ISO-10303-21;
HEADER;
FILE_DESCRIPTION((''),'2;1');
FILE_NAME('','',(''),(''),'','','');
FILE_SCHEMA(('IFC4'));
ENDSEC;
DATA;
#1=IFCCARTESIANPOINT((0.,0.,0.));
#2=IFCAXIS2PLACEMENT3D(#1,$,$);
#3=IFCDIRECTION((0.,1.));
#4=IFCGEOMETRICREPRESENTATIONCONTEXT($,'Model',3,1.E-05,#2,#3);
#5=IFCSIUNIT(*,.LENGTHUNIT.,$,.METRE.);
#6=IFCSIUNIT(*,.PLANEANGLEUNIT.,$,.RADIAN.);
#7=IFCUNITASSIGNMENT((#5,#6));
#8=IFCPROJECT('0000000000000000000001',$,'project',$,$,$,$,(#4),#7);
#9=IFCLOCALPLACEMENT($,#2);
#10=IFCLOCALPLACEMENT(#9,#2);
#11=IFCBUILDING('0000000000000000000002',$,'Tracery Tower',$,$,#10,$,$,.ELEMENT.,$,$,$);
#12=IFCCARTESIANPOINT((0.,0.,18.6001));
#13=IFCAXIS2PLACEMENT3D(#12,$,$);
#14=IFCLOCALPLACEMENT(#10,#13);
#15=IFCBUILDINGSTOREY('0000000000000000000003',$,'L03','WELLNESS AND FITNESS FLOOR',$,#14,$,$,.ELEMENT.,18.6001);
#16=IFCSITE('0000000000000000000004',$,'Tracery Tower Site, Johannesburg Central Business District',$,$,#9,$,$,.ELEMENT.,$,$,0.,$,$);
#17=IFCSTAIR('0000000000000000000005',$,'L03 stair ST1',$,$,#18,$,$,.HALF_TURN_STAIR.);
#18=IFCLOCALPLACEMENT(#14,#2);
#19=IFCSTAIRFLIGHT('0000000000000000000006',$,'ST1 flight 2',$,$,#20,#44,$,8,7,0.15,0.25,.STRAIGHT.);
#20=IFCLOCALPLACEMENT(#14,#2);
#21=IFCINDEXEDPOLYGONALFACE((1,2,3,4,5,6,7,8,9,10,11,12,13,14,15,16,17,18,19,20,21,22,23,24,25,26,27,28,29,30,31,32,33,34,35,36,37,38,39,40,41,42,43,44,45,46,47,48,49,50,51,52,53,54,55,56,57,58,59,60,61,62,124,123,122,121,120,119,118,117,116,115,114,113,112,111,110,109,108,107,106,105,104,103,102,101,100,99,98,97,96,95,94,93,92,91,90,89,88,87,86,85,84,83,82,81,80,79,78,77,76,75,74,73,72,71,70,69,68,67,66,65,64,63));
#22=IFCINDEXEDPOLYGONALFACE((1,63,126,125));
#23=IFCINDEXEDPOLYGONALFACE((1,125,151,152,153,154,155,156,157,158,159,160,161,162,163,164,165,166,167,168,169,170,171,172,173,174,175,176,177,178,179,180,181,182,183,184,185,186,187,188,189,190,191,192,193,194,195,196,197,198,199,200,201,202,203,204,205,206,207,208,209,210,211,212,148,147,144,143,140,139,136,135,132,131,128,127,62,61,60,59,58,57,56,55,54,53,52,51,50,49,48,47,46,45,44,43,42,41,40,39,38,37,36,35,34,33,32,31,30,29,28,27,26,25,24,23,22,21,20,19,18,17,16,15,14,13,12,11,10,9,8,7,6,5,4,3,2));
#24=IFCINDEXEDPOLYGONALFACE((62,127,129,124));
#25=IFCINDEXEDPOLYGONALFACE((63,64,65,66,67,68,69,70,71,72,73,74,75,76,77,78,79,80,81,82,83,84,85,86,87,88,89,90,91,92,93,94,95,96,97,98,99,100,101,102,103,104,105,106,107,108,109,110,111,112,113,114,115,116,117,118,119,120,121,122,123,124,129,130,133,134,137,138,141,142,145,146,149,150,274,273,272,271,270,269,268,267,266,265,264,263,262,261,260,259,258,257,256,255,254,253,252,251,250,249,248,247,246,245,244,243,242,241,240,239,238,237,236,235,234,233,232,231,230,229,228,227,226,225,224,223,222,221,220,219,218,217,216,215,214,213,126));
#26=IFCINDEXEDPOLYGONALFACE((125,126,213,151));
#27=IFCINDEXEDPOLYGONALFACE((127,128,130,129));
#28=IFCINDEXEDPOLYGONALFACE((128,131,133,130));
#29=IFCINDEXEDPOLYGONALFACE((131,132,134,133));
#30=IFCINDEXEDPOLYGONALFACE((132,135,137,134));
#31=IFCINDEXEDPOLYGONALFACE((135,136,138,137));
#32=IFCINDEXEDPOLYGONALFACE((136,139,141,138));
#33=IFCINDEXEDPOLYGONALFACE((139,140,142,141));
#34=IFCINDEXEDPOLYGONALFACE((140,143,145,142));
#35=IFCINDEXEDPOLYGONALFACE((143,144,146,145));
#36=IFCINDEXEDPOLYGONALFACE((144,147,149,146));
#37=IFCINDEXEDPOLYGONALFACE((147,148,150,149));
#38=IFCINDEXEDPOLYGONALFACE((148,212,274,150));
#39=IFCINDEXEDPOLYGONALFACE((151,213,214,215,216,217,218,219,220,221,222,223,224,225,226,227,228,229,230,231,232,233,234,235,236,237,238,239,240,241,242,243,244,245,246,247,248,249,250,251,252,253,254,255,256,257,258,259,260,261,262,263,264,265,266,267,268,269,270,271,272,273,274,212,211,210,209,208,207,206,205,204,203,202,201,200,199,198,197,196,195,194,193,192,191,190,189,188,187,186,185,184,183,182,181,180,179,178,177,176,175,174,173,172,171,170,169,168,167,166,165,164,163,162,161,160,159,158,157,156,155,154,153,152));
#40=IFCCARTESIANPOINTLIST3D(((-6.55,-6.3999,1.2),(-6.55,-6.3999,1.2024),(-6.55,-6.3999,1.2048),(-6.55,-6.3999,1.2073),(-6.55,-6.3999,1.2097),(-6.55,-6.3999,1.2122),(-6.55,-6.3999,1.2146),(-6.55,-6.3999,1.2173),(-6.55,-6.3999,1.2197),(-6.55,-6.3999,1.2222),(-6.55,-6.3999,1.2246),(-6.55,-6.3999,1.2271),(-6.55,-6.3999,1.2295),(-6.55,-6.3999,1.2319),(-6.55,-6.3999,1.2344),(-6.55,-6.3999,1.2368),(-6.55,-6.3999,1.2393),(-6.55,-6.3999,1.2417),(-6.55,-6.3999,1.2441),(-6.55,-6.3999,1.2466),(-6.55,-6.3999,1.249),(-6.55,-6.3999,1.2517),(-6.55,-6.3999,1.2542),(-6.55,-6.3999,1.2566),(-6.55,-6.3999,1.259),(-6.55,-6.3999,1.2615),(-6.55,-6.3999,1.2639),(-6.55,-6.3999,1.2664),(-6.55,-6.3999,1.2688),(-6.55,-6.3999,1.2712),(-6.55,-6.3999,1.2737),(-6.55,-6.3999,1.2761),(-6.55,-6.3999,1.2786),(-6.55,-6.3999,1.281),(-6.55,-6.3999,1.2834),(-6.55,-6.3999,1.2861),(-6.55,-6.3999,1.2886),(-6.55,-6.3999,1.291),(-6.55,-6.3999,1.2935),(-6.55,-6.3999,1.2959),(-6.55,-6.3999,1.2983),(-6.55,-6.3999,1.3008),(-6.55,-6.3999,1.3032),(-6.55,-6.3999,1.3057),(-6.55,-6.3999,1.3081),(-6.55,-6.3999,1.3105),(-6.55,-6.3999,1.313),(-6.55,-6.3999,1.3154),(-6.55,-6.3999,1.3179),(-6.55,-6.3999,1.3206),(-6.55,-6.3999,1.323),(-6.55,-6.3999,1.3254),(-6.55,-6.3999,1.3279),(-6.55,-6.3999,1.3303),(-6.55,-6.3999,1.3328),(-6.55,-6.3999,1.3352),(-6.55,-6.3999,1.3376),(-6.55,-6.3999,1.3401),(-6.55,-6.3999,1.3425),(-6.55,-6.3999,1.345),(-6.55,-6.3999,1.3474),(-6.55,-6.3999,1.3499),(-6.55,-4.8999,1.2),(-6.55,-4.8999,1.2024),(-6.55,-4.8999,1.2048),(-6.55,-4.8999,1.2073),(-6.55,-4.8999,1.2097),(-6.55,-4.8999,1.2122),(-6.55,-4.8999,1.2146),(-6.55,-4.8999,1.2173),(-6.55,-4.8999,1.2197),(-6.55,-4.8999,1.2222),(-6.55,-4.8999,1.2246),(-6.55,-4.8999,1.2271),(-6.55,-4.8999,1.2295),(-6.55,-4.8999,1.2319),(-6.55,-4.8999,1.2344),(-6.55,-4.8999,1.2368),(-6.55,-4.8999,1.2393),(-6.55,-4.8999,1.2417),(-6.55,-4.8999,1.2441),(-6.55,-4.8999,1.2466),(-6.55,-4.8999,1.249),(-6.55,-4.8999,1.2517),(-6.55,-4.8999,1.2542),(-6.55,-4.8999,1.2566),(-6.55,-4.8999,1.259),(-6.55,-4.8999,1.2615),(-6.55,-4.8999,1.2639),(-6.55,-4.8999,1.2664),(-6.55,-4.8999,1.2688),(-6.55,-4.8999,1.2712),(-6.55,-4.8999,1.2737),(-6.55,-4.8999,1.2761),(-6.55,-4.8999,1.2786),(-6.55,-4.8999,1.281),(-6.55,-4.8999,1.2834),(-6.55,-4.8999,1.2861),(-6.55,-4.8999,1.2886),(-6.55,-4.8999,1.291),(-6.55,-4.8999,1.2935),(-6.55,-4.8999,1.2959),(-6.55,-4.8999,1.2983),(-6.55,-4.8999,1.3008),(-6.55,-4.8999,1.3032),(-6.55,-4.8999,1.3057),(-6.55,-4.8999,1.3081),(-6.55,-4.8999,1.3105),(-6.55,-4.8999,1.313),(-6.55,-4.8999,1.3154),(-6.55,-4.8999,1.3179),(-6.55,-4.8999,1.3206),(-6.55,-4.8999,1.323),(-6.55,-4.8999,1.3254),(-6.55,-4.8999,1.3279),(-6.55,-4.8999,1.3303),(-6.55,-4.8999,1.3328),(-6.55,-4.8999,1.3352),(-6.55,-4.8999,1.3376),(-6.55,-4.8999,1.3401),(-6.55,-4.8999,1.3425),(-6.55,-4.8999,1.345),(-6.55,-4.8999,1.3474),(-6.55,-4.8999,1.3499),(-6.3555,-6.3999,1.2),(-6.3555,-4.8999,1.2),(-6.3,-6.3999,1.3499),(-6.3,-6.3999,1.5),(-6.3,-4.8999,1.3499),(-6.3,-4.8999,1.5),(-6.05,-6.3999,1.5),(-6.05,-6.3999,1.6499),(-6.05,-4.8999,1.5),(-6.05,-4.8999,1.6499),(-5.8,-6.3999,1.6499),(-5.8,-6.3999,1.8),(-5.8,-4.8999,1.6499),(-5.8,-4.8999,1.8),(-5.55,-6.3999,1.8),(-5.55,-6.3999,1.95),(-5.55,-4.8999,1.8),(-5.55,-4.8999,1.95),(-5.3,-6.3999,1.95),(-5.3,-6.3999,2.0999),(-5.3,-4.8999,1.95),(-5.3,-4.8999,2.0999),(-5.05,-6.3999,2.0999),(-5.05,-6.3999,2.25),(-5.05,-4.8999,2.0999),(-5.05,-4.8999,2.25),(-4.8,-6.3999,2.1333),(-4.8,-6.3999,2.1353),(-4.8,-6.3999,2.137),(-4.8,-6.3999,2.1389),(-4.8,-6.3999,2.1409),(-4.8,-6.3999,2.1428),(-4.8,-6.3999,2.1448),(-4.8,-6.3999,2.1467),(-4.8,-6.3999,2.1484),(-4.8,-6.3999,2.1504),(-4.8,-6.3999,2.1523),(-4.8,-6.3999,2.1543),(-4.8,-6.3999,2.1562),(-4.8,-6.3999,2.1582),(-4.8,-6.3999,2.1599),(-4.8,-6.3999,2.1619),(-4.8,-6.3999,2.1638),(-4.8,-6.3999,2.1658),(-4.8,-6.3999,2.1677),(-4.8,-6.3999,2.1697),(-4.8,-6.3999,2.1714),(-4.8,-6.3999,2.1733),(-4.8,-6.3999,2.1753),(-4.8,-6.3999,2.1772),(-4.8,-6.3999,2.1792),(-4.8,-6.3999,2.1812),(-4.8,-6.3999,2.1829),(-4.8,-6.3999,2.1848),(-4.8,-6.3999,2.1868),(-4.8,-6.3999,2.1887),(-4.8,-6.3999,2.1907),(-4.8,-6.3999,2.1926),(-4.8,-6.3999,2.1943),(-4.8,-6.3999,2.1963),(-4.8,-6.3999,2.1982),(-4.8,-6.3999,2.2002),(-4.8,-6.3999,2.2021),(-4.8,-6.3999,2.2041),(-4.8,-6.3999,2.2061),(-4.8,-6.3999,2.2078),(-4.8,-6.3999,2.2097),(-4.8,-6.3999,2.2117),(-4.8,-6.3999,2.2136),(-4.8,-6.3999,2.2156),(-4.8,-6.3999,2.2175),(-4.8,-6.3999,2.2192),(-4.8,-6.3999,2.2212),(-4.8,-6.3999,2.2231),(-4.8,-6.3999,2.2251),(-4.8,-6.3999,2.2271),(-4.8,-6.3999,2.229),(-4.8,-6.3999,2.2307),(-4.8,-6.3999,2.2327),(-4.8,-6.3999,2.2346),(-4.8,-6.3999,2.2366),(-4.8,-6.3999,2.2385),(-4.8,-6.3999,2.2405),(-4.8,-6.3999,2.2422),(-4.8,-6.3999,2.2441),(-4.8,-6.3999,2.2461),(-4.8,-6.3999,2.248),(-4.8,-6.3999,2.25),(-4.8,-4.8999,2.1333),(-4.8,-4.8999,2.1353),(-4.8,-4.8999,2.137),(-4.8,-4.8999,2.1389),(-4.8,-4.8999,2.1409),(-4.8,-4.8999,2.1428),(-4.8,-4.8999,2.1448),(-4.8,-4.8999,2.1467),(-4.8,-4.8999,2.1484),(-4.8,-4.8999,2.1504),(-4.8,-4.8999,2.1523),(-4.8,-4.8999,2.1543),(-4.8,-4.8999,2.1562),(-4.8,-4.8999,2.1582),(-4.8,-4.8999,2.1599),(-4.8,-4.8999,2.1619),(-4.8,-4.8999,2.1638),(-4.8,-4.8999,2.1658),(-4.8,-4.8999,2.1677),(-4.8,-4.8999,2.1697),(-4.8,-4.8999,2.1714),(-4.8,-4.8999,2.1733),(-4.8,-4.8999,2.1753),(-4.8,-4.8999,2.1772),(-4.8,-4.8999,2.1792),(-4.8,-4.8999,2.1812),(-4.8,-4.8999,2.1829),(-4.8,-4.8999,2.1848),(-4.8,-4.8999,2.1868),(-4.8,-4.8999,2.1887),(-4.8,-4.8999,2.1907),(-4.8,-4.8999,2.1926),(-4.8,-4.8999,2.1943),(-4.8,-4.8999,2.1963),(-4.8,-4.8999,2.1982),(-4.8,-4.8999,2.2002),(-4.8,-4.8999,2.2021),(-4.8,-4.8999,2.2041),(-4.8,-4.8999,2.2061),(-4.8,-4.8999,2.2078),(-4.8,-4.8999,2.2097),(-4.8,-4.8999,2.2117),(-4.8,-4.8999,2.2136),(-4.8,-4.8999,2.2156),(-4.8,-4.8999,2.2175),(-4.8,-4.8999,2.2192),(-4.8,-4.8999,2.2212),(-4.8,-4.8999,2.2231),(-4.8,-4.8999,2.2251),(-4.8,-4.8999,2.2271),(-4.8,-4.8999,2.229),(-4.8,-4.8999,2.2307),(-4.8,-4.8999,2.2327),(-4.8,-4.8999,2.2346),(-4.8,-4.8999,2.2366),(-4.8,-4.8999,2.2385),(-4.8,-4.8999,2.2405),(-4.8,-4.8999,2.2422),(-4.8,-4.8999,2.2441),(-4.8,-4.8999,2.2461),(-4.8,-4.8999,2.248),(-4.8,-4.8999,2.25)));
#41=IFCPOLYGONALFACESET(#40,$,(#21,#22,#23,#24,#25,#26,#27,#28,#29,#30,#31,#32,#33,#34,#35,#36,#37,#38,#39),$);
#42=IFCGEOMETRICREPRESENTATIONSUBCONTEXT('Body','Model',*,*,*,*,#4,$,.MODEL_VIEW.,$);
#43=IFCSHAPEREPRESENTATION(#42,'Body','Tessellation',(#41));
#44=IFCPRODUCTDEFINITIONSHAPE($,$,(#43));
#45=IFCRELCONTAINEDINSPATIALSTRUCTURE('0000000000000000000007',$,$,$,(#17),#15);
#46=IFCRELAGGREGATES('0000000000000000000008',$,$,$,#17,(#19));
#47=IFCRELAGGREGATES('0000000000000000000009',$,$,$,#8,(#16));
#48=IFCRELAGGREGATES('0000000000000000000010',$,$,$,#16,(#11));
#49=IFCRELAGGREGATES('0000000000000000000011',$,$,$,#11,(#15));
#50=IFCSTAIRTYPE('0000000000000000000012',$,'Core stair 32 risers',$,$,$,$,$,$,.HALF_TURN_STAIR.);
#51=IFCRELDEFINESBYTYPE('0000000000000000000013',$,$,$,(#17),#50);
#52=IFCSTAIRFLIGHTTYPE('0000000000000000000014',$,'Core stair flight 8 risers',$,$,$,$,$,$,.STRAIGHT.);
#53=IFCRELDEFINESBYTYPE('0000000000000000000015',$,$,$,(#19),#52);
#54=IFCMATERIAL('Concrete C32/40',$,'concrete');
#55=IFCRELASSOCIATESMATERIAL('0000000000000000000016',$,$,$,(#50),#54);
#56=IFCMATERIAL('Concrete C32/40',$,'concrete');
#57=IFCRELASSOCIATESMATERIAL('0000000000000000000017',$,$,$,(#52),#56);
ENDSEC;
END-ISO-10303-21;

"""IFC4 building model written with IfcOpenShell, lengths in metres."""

from ifc_helpers import new_model, si_unit, direction, frame, origin, place, context, subcontext, project, spatial, polyline, outline, extrude, material, type_object, element, aggregate, save


model = new_model("IFC4")

# Units and contexts
model_context = context("Model", 3, precision=1e-05, world=origin(), true_north=direction((0.0, 1.0)))
body_context = subcontext(model_context, "Body", "Model", "MODEL_VIEW")
ifc_project = project(units=[si_unit("LENGTHUNIT", "METRE"), si_unit("PLANEANGLEUNIT", "RADIAN")], contexts=[model_context])

# Site, building, storey
site_placement = place(None, origin())
site = spatial("IfcSite", under=ifc_project, at=site_placement, Name="Tracery Tower Site, Johannesburg Central Business District", CompositionType="ELEMENT", RefElevation=0.0)
building_placement = place(site_placement, origin())
building = spatial("IfcBuilding", under=site, at=building_placement, Name="Tracery Tower", CompositionType="ELEMENT")
storey_placement = place(building_placement, frame((0.0, 0.0, 18.6001)))
storey = spatial("IfcBuildingStorey", under=building, at=storey_placement, Name="L03", Description="WELLNESS AND FITNESS FLOOR", CompositionType="ELEMENT", Elevation=18.6001)

# Stair, stair flight
ifc_material_1 = material(Name="Concrete C32/40", Category="concrete")
stair_type = type_object("IfcStairType", Name="Core stair 32 risers", PredefinedType="HALF_TURN_STAIR", material=ifc_material_1)
stair_placement = place(storey_placement, origin())
stair = element("IfcStair", 1, at=stair_placement, inside=storey, type_object=stair_type, Name="L03 stair ST1", PredefinedType="HALF_TURN_STAIR")
ifc_material_2 = material(Name="Concrete C32/40", Category="concrete")
stair_flight_type = type_object("IfcStairFlightType", Name="Core stair flight 8 risers", PredefinedType="STRAIGHT", material=ifc_material_2)
stair_flight_1_placement = place(storey_placement, frame((-6.55, -5.6499, 1.2), z_axis=(0.0, 0.0, 1.0), x_axis=(1.0, 0.0, 0.0)))
stair_flight_1 = element("IfcStairFlight", 2, at=stair_flight_1_placement, type_object=stair_flight_type, Name="ST1 flight 2", NumberOfRisers=8, NumberOfTreads=7, PredefinedType="STRAIGHT", RiserHeight=0.15, TreadLength=0.25, context=body_context, shape_type="SweptSolid", body=[
    extrude(outline(polyline([(0.0, 0.0), (0.0, 0.0024), (0.0, 0.0049), (0.0, 0.0073), (0.0, 0.0098), (0.0, 0.0122), (0.0, 0.0146), (0.0, 0.0173), (0.0, 0.0198), (0.0, 0.0222), (0.0, 0.0247), (0.0, 0.0271), (0.0, 0.0295), (0.0, 0.032), (0.0, 0.0344), (0.0, 0.0369), (0.0, 0.0393), (0.0, 0.0417), (0.0, 0.0442), (0.0, 0.0466), (0.0, 0.0491), (0.0, 0.0518), (0.0, 0.0542), (0.0, 0.0566), (0.0, 0.0591), (0.0, 0.0615), (0.0, 0.064), (0.0, 0.0664), (0.0, 0.0688), (0.0, 0.0713), (0.0, 0.0737), (0.0, 0.0762), (0.0, 0.0786), (0.0, 0.0811), (0.0, 0.0835), (0.0, 0.0862), (0.0, 0.0886), (0.0, 0.0911), (0.0, 0.0935), (0.0, 0.0959), (0.0, 0.0984), (0.0, 0.1008), (0.0, 0.1033), (0.0, 0.1057), (0.0, 0.1082), (0.0, 0.1106), (0.0, 0.113), (0.0, 0.1155), (0.0, 0.1179), (0.0, 0.1206), (0.0, 0.123), (0.0, 0.1255), (0.0, 0.1279), (0.0, 0.1304), (0.0, 0.1328), (0.0, 0.1353), (0.0, 0.1377), (0.0, 0.1401), (0.0, 0.1426), (0.0, 0.145), (0.0, 0.1475), (0.0, 0.1499), (0.25, 0.1499), (0.25, 0.3), (0.5, 0.3), (0.5, 0.45), (0.75, 0.45), (0.75, 0.6001), (1.0, 0.6001), (1.0, 0.75), (1.25, 0.75), (1.25, 0.8999), (1.5, 0.8999), (1.5, 1.05), (1.75, 1.05), (1.75, 1.0481), (1.75, 1.0461), (1.75, 1.0442), (1.75, 1.0422), (1.75, 1.0405), (1.75, 1.0386), (1.75, 1.0366), (1.75, 1.0347), (1.75, 1.0327), (1.75, 1.0308), (1.75, 1.0291), (1.75, 1.0271), (1.75, 1.0251), (1.75, 1.0232), (1.75, 1.0212), (1.75, 1.0193), (1.75, 1.0176), (1.75, 1.0156), (1.75, 1.0137), (1.75, 1.0117), (1.75, 1.0098), (1.75, 1.0078), (1.75, 1.0061), (1.75, 1.0042), (1.75, 1.0022), (1.75, 1.0002), (1.75, 0.9983), (1.75, 0.9963), (1.75, 0.9944), (1.75, 0.9927), (1.75, 0.9907), (1.75, 0.9888), (1.75, 0.9868), (1.75, 0.9849), (1.75, 0.9829), (1.75, 0.9812), (1.75, 0.9792), (1.75, 0.9773), (1.75, 0.9753), (1.75, 0.9734), (1.75, 0.9714), (1.75, 0.9697), (1.75, 0.9678), (1.75, 0.9658), (1.75, 0.9639), (1.75, 0.9619), (1.75, 0.96), (1.75, 0.9583), (1.75, 0.9563), (1.75, 0.9543), (1.75, 0.9524), (1.75, 0.9504), (1.75, 0.9485), (1.75, 0.9468), (1.75, 0.9448), (1.75, 0.9429), (1.75, 0.9409), (1.75, 0.939), (1.75, 0.937), (1.75, 0.9353), (1.75, 0.9333), (0.1946, 0.0), (0.0, 0.0)])), frame((0.0, 0.75, 0.0), z_axis=(0.0, -1.0, 0.0), x_axis=(1.0, 0.0, 0.0)), (0.0, 0.0, 1.0), 1.5),
])
aggregate(stair, [stair_flight_1])

save(model, "model.ifc")
